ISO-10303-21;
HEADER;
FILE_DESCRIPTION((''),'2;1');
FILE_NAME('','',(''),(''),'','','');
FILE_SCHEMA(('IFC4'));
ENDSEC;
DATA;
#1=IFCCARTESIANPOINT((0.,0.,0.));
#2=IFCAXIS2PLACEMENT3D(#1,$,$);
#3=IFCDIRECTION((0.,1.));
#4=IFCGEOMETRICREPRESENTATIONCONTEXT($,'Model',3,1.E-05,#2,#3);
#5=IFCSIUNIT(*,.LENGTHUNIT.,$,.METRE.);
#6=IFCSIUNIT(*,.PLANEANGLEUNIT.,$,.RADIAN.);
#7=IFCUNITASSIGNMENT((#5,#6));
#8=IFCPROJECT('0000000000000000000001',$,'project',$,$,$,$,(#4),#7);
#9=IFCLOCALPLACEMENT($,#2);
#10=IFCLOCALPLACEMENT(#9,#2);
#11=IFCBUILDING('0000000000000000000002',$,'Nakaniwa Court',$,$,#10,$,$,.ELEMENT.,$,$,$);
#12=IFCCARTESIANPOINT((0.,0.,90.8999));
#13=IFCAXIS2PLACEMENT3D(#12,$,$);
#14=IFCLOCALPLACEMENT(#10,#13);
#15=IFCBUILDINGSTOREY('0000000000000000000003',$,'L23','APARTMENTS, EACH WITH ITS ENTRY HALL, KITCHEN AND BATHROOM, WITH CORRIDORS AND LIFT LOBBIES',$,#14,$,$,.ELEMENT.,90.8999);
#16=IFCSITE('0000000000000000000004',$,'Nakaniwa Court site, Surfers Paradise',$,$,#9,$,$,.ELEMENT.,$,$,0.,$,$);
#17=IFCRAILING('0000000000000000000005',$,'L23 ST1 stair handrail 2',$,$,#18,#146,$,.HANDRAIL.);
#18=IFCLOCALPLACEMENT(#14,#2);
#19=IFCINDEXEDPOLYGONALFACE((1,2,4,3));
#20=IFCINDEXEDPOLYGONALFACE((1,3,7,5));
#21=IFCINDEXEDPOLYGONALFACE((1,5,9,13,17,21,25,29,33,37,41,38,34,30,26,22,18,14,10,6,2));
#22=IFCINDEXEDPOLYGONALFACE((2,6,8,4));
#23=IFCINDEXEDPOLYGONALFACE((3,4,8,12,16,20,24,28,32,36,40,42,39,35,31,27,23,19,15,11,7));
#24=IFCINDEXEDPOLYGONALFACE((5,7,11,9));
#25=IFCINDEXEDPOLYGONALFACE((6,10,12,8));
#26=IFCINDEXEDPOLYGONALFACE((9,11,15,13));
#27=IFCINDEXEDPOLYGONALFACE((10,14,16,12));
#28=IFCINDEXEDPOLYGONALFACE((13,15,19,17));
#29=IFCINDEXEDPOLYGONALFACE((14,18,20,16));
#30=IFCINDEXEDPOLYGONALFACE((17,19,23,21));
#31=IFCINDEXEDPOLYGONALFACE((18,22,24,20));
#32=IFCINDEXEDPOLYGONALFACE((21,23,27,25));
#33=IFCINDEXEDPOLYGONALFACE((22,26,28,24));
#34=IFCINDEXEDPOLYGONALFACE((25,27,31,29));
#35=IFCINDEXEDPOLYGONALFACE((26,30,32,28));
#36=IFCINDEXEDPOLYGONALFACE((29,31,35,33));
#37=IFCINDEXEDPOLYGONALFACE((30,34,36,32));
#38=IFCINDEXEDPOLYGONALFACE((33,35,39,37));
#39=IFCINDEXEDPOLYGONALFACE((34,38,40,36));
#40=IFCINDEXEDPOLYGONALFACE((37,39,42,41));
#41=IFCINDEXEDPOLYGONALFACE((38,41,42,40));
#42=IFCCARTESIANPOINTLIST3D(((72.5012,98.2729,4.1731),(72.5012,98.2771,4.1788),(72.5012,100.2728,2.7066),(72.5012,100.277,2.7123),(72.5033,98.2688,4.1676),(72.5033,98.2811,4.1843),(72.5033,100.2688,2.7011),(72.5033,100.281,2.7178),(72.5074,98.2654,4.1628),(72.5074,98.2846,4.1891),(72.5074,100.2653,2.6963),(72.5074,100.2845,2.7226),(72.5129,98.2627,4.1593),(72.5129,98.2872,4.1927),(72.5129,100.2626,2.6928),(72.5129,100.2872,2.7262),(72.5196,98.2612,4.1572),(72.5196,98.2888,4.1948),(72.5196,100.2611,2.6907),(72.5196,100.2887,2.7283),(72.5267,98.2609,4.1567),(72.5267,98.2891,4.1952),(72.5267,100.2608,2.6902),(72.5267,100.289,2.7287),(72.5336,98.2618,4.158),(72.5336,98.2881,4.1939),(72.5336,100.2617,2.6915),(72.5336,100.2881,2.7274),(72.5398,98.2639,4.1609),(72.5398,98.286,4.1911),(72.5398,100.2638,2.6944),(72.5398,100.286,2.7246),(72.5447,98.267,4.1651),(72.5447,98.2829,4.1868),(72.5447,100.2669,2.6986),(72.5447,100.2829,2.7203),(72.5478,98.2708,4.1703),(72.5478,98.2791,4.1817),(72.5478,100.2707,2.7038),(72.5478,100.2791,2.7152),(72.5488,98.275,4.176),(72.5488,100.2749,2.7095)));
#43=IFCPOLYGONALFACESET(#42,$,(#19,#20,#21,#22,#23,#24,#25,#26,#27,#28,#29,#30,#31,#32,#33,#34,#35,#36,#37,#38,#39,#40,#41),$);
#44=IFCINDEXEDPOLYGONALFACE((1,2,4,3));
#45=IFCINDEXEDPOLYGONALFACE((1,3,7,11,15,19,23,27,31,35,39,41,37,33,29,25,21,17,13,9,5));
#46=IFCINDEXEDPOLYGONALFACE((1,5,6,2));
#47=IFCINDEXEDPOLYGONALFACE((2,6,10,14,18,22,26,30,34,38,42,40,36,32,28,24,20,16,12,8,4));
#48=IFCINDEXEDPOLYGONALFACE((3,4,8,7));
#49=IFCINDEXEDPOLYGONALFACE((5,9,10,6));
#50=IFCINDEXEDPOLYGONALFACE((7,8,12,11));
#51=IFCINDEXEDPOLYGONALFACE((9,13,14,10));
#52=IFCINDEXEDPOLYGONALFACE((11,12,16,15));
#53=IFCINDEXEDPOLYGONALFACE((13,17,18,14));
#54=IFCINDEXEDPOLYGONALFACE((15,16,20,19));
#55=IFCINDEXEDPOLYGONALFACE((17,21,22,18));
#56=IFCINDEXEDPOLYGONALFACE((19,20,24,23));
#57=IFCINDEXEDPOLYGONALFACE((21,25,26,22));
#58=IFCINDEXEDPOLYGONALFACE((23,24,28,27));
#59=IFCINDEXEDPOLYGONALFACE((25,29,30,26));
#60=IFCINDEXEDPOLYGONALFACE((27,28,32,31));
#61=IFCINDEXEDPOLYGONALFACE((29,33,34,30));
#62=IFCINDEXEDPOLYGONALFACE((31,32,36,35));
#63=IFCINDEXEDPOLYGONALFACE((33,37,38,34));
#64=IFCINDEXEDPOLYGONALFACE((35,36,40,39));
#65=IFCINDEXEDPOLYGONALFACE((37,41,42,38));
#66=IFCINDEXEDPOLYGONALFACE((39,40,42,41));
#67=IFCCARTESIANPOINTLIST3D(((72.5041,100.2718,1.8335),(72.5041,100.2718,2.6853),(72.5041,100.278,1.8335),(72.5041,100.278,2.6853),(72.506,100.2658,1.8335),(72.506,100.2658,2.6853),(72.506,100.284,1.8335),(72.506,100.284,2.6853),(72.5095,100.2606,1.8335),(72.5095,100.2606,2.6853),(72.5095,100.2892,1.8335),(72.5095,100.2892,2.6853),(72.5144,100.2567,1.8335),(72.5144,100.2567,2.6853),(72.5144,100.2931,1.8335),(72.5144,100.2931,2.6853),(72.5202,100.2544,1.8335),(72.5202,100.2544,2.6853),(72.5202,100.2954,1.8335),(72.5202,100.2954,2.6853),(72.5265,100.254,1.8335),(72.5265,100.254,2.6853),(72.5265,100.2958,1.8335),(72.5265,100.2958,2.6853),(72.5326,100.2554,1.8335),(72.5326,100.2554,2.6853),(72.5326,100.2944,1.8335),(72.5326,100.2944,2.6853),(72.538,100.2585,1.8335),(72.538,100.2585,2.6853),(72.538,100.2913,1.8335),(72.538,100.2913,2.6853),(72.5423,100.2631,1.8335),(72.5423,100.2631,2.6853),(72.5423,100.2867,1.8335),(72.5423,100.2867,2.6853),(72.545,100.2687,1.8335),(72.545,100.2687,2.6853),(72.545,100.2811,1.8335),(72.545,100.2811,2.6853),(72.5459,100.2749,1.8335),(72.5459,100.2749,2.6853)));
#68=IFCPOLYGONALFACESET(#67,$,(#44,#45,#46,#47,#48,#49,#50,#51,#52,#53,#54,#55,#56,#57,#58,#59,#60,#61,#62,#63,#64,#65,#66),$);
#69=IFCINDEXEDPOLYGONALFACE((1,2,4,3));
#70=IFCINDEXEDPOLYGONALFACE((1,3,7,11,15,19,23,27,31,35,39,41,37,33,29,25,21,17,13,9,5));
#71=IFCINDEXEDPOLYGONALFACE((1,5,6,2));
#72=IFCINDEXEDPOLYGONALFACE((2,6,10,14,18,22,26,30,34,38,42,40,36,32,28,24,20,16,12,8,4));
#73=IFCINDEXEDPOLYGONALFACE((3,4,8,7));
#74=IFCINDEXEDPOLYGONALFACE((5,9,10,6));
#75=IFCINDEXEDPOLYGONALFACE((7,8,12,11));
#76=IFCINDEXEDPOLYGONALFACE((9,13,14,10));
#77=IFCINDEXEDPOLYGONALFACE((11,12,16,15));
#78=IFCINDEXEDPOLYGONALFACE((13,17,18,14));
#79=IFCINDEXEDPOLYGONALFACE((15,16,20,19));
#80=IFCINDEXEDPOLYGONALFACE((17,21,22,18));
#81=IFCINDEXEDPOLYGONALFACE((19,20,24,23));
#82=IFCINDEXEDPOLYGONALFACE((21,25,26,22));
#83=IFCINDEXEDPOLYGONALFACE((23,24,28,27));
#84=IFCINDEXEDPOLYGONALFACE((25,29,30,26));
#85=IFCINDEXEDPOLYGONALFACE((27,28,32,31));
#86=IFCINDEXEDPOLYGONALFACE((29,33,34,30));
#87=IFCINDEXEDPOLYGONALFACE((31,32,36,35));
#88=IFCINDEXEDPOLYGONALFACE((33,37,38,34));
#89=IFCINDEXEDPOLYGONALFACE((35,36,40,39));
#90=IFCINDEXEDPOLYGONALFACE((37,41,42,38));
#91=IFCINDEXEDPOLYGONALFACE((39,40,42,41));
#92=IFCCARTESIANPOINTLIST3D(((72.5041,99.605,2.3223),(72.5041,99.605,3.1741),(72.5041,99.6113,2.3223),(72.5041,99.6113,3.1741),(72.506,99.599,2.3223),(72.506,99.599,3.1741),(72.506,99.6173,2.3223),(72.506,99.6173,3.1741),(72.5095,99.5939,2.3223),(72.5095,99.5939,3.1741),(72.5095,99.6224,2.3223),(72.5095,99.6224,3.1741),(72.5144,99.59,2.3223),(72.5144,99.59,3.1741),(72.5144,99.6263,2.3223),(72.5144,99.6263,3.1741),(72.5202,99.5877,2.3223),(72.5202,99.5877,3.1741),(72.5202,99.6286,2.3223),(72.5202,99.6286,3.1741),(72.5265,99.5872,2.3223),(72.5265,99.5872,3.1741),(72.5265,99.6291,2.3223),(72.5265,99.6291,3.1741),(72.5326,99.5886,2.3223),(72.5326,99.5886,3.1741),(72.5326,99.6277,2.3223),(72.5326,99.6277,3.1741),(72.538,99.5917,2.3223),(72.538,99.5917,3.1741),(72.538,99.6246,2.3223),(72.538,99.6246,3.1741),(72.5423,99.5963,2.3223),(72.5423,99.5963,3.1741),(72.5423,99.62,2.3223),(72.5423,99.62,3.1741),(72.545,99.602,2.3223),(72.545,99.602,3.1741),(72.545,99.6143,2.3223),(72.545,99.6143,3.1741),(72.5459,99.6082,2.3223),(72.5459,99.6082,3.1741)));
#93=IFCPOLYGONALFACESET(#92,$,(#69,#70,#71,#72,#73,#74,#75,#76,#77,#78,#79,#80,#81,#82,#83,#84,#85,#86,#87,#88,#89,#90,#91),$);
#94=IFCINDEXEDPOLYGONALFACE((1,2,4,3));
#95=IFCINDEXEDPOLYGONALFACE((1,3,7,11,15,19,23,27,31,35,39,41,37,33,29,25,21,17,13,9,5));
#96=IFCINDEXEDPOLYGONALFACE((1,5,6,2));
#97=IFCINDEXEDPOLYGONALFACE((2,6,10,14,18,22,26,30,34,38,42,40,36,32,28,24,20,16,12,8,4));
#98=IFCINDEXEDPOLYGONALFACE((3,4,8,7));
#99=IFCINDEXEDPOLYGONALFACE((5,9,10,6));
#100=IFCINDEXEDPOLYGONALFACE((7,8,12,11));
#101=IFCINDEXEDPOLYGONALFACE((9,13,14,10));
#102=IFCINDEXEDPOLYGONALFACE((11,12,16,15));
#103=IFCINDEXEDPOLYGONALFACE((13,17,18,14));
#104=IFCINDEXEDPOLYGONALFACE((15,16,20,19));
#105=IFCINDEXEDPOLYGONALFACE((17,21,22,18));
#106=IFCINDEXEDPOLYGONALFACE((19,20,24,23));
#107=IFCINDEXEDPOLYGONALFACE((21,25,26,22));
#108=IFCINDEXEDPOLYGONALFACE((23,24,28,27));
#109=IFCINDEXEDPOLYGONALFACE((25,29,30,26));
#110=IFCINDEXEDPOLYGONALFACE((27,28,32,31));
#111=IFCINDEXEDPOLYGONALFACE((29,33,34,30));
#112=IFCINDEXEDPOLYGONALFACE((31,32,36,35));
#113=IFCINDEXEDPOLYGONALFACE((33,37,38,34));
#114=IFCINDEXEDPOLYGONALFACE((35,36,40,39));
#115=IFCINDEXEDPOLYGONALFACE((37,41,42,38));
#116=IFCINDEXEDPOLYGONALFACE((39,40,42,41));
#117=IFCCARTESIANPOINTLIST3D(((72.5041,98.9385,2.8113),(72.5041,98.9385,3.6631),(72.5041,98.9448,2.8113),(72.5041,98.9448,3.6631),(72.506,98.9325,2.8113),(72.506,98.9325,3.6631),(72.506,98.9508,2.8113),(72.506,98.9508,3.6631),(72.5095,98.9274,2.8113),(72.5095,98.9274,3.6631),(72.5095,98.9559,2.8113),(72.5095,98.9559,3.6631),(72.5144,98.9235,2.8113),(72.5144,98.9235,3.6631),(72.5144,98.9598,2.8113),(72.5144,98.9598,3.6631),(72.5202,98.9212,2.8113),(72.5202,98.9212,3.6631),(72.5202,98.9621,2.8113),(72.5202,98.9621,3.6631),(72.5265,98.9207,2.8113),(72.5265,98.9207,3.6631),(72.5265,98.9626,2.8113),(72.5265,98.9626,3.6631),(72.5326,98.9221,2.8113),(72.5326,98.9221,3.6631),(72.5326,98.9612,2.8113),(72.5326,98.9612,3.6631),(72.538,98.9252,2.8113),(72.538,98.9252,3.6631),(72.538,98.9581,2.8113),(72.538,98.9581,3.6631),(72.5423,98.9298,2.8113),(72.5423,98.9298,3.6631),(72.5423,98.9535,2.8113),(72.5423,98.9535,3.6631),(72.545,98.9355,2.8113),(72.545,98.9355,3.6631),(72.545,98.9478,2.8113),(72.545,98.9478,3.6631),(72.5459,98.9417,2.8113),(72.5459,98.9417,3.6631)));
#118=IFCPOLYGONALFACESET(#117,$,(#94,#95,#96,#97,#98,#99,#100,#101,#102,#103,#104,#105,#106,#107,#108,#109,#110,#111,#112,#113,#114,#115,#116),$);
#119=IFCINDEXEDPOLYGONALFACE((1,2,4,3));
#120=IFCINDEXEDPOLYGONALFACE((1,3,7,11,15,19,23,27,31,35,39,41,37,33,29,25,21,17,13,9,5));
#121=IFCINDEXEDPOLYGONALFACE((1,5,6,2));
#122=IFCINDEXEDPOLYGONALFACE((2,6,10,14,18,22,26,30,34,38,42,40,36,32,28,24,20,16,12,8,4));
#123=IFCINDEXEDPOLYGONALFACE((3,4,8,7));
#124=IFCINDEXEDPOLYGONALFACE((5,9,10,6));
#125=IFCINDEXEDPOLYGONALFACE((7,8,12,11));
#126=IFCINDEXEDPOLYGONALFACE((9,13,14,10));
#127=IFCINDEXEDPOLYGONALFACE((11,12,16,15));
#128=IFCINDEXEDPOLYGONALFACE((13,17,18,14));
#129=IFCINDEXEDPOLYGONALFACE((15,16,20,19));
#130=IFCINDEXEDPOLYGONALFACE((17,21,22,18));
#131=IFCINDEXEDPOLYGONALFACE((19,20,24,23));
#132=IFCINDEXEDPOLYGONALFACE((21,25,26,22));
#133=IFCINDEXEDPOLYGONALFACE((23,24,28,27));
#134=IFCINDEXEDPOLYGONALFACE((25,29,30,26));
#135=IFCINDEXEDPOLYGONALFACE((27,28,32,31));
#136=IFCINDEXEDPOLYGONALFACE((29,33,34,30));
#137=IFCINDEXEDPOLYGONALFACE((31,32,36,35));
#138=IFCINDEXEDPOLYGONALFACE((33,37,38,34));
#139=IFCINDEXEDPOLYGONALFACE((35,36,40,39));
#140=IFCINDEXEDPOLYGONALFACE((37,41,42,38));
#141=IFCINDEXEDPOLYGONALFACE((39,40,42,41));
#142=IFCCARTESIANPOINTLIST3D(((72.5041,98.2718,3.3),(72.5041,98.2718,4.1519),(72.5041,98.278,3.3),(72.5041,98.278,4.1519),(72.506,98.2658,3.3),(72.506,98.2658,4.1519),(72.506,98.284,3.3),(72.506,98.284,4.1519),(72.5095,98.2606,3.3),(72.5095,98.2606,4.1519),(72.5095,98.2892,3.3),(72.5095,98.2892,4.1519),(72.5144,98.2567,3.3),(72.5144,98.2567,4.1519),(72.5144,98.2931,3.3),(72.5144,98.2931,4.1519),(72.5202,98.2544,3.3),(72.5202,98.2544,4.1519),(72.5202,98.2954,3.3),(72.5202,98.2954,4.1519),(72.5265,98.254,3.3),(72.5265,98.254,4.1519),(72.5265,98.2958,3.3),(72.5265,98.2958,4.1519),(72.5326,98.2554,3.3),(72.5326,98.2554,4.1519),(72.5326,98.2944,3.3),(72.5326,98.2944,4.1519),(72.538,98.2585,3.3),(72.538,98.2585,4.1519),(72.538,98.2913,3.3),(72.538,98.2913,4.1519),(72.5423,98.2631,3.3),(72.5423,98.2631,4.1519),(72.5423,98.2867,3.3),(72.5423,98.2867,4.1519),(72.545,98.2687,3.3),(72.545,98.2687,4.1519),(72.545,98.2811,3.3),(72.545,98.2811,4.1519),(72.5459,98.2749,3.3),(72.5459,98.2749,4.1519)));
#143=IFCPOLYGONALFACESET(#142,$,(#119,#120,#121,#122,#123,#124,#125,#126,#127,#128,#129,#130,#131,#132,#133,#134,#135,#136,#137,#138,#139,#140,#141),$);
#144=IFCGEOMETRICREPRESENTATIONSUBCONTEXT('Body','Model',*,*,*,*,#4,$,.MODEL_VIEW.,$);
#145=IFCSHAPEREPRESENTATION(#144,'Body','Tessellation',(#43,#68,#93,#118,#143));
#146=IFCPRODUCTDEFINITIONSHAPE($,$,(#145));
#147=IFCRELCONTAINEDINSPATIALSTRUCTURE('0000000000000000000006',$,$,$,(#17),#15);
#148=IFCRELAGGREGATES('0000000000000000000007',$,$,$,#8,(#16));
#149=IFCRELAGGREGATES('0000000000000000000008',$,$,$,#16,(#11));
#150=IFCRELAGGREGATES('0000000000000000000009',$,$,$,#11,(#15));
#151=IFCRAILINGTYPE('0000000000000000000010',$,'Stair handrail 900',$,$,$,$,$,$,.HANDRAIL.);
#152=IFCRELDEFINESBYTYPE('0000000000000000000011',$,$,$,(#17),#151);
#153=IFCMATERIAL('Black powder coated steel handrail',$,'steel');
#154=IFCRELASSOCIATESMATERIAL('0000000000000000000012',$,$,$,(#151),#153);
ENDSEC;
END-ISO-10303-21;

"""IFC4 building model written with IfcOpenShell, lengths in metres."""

from ifc_helpers import new_model, si_unit, direction, frame, origin, origin_2d, place, context, subcontext, project, spatial, circle, extrude, material, type_object, element, save


model = new_model("IFC4")

# Units and contexts
model_context = context("Model", 3, precision=1e-05, world=origin(), true_north=direction((0.0, 1.0)))
body_context = subcontext(model_context, "Body", "Model", "MODEL_VIEW")
ifc_project = project(units=[si_unit("LENGTHUNIT", "METRE"), si_unit("PLANEANGLEUNIT", "RADIAN")], contexts=[model_context])

# Site, building, storey
site_placement = place(None, origin())
site = spatial("IfcSite", under=ifc_project, at=site_placement, Name="Nakaniwa Court site, Surfers Paradise", CompositionType="ELEMENT", RefElevation=0.0)
building_placement = place(site_placement, origin())
building = spatial("IfcBuilding", under=site, at=building_placement, Name="Nakaniwa Court", CompositionType="ELEMENT")
storey_placement = place(building_placement, frame((0.0, 0.0, 90.8999)))
storey = spatial("IfcBuildingStorey", under=building, at=storey_placement, Name="L23", Description="APARTMENTS, EACH WITH ITS ENTRY HALL, KITCHEN AND BATHROOM, WITH CORRIDORS AND LIFT LOBBIES", CompositionType="ELEMENT", Elevation=90.8999)

# Railing
ifc_material_1 = material(Name="Black powder coated steel handrail", Category="steel")
railing_type_1 = type_object("IfcRailingType", Name="Stair handrail 900", PredefinedType="HANDRAIL", material=ifc_material_1)
railing_1_placement = place(storey_placement, frame((72.5249, 100.2749, 1.8335)))
element("IfcRailing", 1, at=railing_1_placement, inside=storey, type_object=railing_type_1, Name="L23 ST1 stair handrail 2", PredefinedType="HANDRAIL", context=body_context, shape_type="SweptSolid", body=[
    extrude(circle(Radius=0.0239, at=origin_2d()), frame((0.0, 0.0, 0.876), z_axis=(0.0, -0.806427, 0.591334), x_axis=(1.0, 0.0, 0.0)), (0.0, 0.0, 1.0), 2.48),
    extrude(circle(Radius=0.021, at=origin_2d()), origin(), (0.0, 0.0, 1.0), 0.8518),
    extrude(circle(Radius=0.021, at=origin_2d()), frame((0.0, -0.6667, 0.4888)), (0.0, 0.0, 1.0), 0.8518),
    extrude(circle(Radius=0.021, at=origin_2d()), frame((0.0, -1.3333, 0.9778)), (0.0, 0.0, 1.0), 0.8518),
    extrude(circle(Radius=0.021, at=origin_2d()), frame((0.0, -2.0, 1.4666)), (0.0, 0.0, 1.0), 0.8518),
])

save(model, "model.ifc")
